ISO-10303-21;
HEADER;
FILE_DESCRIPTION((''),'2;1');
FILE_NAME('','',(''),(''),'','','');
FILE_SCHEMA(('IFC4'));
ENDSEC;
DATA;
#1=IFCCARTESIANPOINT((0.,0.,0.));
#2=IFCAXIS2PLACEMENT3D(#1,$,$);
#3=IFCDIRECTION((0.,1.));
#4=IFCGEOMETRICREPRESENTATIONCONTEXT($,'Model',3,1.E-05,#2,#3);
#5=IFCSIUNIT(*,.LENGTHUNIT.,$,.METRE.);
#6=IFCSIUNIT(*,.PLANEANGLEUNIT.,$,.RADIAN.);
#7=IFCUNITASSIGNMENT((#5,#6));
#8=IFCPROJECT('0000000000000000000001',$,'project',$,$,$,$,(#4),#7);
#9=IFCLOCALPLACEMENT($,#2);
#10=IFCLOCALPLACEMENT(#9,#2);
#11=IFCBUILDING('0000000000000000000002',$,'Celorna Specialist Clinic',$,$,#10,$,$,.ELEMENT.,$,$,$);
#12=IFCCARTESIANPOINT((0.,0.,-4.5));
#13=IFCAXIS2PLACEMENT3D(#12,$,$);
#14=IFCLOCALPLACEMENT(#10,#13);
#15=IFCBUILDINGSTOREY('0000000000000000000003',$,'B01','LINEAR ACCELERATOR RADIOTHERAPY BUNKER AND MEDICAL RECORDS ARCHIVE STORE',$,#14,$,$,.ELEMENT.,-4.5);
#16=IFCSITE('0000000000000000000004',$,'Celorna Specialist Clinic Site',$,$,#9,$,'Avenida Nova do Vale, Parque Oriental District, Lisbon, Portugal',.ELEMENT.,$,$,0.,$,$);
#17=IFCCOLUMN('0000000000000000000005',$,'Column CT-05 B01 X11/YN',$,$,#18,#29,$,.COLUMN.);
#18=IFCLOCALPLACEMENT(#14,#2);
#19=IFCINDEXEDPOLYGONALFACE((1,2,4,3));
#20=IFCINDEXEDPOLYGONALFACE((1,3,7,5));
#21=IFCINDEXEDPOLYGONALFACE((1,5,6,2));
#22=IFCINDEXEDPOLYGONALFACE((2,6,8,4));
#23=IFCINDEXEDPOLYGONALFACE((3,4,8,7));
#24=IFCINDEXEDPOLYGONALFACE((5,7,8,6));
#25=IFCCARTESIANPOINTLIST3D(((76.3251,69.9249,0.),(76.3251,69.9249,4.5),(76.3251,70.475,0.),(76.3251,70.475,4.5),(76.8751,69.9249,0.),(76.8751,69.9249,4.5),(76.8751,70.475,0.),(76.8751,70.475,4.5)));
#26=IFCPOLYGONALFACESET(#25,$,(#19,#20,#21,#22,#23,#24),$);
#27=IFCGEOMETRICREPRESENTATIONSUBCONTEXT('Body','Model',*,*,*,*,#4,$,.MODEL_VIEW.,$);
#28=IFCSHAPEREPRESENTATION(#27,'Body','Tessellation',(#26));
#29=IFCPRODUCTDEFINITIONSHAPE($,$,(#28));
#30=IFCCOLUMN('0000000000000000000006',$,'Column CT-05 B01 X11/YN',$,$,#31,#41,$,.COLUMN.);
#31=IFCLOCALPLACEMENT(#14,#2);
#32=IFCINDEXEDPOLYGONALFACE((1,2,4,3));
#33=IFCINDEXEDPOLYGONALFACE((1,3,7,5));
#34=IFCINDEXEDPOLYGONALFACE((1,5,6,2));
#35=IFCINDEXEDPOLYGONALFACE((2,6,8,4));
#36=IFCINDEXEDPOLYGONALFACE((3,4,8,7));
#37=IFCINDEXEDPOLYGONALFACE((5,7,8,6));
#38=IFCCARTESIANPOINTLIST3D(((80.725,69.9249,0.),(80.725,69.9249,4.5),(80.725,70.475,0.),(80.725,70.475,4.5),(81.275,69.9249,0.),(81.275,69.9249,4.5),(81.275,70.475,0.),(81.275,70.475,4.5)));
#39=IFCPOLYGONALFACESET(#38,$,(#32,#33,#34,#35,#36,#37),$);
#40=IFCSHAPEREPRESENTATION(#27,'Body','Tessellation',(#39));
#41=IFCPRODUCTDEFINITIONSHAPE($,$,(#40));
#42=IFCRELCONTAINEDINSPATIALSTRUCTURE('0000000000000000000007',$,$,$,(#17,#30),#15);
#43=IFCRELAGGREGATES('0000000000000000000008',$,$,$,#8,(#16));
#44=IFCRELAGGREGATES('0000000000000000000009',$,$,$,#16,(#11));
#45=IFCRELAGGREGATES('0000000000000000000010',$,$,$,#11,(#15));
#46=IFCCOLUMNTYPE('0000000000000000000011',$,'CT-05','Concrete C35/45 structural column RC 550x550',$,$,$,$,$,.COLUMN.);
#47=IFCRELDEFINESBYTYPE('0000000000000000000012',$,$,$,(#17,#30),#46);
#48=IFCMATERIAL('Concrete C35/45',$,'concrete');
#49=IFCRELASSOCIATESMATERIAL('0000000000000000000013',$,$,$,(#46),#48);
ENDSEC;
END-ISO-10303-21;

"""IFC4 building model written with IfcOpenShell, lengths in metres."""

from ifc_helpers import new_model, si_unit, direction, frame, origin, origin_2d, place, context, subcontext, project, spatial, rectangle, extrude, material, material_profile, profile_set, type_object, element, save


model = new_model("IFC4")

# Units and contexts
model_context = context("Model", 3, precision=1e-05, world=origin(), true_north=direction((0.0, 1.0)))
body_context = subcontext(model_context, "Body", "Model", "MODEL_VIEW")
ifc_project = project(units=[si_unit("LENGTHUNIT", "METRE"), si_unit("PLANEANGLEUNIT", "RADIAN")], contexts=[model_context])

# Site, building, storey
site_placement = place(None, origin())
site = spatial("IfcSite", under=ifc_project, at=site_placement, Name="Celorna Specialist Clinic Site", LongName="Avenida Nova do Vale, Parque Oriental District, Lisbon, Portugal", CompositionType="ELEMENT", RefElevation=0.0)
building_placement = place(site_placement, origin())
building = spatial("IfcBuilding", under=site, at=building_placement, Name="Celorna Specialist Clinic", CompositionType="ELEMENT")
storey_placement = place(building_placement, frame((0.0, 0.0, -4.5)))
storey = spatial("IfcBuildingStorey", under=building, at=storey_placement, Name="B01", Description="LINEAR ACCELERATOR RADIOTHERAPY BUNKER AND MEDICAL RECORDS ARCHIVE STORE", CompositionType="ELEMENT", Elevation=-4.5)

# Shared definitions
ifc_material_1 = material(Name="Concrete C35/45", Category="concrete")

# Columns
ifc_material_profile_1 = material_profile(ifc_material_1, rectangle(XDim=0.55, YDim=0.55, at=origin_2d()), Name="RC 550x550")
ifc_profile_set_1 = profile_set([ifc_material_profile_1], Name="Concrete C35/45")
column_type_1 = type_object("IfcColumnType", Name="CT-05", Description="Concrete C35/45 structural column RC 550x550", PredefinedType="COLUMN", material=ifc_profile_set_1)
for number, where, z_axis, x_axis, name in (
    (1, (76.6001, 70.2, 0.0), (0.0, 0.0, 1.0), (1.0, 0.0, 0.0), "Column CT-05 B01 X11/YN"),
    (2, (81.0, 70.2, 0.0), (0.0, 0.0, 1.0), (1.0, 0.0, 0.0), "Column CT-05 B01 X11/YN"),
):
    element("IfcColumn", number, at=place(storey_placement, frame(where, z_axis=z_axis, x_axis=x_axis)), inside=storey, type_object=column_type_1, Name=name, PredefinedType="COLUMN", context=body_context, shape_type="SweptSolid", body=[
        extrude(rectangle(XDim=0.55, YDim=0.55, at=origin_2d()), origin(), (0.0, 0.0, 1.0), 4.5),
    ])

save(model, "model.ifc")
